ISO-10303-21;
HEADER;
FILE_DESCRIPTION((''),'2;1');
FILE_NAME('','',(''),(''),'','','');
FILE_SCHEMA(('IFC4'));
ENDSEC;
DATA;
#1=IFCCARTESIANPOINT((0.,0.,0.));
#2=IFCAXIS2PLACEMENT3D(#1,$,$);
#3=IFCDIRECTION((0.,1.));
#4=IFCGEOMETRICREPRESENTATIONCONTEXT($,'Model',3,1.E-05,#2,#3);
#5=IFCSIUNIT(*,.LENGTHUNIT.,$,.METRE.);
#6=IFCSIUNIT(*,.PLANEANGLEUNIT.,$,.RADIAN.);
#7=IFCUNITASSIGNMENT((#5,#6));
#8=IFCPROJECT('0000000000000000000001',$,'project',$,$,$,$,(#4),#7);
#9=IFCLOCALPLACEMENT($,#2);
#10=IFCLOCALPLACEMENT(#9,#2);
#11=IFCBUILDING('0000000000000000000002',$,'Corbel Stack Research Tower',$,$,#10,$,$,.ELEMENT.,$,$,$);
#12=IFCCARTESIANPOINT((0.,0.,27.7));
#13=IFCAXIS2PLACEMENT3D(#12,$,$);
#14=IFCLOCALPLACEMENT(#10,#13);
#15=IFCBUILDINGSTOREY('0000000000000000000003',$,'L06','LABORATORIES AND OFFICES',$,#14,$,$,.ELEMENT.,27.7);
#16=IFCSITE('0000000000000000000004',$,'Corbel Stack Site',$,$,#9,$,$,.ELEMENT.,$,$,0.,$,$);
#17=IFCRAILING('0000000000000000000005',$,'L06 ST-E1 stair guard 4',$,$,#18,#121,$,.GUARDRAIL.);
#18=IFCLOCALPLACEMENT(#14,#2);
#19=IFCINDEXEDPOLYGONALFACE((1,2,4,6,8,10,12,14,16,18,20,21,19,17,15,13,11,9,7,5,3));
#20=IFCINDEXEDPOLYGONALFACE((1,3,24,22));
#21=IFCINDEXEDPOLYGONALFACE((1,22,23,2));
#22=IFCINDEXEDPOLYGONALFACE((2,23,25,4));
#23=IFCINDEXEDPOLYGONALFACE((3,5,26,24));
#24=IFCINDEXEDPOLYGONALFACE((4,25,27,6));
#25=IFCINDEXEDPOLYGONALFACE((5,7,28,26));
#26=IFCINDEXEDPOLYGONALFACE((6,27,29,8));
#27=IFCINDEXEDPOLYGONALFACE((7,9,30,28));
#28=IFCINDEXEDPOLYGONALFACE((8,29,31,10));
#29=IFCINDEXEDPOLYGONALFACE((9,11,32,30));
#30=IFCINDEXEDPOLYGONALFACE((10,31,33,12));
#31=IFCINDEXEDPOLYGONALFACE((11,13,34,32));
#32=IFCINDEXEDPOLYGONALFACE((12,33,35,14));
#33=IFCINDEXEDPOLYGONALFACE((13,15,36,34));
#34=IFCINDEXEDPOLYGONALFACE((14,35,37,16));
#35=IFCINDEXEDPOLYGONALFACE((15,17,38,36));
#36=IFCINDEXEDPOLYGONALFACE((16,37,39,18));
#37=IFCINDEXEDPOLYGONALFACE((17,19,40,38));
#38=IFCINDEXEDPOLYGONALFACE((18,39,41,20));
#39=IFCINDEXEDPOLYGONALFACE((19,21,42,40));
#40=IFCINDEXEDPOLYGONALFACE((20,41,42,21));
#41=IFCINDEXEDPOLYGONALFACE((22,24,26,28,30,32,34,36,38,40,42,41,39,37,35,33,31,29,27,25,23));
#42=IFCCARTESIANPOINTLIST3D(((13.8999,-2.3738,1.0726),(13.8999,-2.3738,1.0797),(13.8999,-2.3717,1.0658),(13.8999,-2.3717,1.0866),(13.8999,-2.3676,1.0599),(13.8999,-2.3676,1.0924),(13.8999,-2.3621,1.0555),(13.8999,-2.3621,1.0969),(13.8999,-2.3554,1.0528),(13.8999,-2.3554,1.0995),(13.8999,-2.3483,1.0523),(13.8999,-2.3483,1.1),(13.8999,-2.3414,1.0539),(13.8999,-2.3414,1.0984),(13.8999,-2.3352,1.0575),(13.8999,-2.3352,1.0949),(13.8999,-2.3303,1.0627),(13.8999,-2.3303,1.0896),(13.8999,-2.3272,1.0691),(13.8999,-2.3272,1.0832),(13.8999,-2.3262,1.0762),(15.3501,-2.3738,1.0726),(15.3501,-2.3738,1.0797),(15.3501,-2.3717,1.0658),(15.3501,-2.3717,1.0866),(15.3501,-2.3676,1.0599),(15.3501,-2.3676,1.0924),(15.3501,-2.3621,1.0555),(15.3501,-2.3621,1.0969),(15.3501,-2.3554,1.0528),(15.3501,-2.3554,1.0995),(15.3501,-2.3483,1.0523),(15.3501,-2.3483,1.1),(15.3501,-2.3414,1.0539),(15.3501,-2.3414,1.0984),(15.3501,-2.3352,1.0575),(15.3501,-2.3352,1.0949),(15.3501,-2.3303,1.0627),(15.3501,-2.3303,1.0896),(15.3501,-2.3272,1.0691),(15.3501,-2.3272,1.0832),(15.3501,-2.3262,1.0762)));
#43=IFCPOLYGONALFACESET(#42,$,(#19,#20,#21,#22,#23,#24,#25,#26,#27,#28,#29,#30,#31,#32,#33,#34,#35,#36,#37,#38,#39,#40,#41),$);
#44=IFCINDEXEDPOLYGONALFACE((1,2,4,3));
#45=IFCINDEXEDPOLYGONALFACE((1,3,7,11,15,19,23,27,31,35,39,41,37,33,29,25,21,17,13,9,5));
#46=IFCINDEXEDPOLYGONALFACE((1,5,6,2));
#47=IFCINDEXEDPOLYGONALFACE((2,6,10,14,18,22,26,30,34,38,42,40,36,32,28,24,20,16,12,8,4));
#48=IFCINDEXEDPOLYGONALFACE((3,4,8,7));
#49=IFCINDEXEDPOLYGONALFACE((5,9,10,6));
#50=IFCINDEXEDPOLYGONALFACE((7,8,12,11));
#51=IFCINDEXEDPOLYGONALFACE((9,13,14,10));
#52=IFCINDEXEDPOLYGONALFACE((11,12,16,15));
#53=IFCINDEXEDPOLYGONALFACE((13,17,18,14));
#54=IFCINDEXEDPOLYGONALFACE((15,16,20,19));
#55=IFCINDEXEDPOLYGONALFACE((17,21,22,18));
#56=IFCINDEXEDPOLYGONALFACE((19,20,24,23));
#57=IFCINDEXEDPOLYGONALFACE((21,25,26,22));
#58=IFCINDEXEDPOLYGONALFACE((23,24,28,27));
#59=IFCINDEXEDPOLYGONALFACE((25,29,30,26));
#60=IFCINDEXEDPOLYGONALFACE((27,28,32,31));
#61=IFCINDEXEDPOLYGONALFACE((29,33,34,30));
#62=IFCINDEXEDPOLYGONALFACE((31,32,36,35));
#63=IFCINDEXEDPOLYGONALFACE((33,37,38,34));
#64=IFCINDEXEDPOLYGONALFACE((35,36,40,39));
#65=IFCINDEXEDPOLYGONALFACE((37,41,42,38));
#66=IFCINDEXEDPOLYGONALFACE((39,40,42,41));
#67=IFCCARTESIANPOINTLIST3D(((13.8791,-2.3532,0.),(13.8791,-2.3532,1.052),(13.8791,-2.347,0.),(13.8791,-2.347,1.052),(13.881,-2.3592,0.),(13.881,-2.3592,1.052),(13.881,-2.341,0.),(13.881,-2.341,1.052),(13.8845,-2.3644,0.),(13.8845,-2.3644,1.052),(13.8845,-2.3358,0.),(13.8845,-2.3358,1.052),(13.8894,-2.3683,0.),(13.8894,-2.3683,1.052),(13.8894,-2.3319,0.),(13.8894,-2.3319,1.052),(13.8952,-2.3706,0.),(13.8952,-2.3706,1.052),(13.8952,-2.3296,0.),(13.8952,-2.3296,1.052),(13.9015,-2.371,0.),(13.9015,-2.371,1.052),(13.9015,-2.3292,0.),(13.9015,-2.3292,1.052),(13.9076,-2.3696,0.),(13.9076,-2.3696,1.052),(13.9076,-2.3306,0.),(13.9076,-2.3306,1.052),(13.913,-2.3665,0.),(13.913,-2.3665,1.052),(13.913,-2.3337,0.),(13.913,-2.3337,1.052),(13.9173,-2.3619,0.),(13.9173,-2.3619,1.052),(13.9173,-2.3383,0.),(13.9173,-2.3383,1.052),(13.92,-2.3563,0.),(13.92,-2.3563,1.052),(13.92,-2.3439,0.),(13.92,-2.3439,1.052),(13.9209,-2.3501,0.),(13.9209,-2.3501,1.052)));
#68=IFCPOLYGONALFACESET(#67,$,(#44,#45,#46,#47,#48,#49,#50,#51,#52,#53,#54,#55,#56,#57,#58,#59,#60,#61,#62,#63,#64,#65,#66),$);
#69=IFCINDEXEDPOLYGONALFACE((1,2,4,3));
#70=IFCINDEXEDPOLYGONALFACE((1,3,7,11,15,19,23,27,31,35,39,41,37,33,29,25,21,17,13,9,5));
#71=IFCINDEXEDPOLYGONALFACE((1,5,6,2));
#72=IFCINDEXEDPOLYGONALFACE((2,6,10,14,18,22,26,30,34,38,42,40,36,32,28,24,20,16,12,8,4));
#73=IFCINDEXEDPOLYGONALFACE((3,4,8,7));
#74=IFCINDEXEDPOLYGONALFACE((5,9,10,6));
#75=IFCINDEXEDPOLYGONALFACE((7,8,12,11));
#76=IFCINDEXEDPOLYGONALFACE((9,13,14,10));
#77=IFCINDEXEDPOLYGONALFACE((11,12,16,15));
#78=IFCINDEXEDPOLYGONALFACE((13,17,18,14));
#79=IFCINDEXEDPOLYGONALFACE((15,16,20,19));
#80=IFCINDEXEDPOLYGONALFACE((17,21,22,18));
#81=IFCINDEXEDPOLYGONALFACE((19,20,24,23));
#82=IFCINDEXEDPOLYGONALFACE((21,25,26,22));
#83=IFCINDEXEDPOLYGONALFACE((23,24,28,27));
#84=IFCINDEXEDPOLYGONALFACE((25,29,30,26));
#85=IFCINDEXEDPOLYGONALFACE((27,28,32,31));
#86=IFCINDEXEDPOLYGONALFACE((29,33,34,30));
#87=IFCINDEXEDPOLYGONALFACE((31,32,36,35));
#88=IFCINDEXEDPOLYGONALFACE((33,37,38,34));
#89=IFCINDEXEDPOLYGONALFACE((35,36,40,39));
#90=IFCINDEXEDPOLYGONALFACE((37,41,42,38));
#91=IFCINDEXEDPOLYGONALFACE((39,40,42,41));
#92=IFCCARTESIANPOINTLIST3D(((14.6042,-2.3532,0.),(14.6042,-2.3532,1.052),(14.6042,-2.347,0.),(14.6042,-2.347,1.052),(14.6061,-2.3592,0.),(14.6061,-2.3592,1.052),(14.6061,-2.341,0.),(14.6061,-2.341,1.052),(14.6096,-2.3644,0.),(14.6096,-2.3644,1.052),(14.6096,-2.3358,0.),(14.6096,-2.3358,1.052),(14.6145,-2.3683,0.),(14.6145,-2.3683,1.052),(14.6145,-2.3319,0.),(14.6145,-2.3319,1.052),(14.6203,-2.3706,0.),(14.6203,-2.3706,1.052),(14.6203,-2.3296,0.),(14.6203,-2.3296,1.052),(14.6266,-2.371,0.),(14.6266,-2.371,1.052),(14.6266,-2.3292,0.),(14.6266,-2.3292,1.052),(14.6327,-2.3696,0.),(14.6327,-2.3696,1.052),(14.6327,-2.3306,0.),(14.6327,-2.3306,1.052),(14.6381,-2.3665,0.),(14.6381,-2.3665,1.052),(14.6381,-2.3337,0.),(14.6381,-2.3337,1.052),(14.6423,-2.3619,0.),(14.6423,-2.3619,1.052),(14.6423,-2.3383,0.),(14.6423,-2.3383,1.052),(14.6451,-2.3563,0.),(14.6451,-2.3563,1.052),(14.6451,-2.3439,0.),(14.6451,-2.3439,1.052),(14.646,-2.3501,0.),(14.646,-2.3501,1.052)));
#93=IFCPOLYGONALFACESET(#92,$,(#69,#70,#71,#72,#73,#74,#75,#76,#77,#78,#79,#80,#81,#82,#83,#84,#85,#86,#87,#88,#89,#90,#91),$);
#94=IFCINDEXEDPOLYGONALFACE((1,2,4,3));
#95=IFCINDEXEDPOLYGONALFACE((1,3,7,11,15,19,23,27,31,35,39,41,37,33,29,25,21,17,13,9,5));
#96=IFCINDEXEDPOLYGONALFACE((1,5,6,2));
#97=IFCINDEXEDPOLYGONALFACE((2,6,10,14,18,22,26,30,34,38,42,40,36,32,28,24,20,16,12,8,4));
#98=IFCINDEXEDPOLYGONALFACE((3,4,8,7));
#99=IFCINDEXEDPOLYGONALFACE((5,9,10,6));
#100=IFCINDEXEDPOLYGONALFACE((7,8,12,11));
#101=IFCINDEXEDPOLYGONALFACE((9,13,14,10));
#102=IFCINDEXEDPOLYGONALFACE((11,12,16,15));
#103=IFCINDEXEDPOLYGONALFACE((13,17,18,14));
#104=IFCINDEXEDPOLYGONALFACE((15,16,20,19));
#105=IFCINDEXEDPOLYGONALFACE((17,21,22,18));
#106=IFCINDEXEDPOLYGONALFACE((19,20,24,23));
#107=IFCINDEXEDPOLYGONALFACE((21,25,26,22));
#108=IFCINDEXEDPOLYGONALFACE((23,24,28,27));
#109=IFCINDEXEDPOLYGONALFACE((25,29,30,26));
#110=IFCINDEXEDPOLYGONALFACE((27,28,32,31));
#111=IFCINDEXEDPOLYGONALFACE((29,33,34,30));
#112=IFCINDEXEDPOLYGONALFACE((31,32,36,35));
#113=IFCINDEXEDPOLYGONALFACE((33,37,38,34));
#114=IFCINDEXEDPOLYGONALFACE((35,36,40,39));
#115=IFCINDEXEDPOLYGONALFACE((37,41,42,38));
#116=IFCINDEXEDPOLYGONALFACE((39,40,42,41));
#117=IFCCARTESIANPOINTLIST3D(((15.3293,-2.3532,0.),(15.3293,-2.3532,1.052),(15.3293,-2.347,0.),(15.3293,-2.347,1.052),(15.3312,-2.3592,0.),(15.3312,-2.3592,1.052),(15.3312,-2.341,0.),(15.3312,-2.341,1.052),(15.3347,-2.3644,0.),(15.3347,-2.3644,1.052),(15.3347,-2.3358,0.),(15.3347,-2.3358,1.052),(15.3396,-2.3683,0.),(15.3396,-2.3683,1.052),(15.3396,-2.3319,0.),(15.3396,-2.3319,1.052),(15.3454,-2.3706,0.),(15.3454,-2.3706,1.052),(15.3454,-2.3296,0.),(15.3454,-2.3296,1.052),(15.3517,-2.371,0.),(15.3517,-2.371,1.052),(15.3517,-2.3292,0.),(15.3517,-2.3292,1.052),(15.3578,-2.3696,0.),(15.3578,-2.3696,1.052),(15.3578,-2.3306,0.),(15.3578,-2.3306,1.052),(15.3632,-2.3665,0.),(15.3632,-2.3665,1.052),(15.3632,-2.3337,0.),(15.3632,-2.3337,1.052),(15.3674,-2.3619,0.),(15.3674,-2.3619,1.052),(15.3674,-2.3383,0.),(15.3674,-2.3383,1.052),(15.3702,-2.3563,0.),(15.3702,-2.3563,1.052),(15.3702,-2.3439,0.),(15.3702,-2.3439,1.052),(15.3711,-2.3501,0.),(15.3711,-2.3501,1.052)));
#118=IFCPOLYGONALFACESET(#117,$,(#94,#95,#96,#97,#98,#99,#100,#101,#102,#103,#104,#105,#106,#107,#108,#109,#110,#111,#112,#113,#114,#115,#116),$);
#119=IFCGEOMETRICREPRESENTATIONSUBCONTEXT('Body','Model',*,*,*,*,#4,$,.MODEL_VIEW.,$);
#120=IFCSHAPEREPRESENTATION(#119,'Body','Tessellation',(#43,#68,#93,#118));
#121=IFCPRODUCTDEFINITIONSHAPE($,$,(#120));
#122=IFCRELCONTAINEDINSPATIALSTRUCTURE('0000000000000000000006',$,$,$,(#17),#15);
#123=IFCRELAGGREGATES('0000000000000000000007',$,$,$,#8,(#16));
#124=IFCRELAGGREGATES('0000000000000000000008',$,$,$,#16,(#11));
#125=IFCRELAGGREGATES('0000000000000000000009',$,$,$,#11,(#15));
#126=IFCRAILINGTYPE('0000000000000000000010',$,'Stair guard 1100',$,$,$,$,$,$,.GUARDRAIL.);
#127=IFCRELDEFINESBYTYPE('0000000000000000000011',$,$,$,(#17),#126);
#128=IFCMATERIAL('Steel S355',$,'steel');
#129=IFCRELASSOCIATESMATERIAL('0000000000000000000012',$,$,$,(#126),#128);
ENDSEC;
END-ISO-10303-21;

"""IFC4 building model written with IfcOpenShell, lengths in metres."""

from ifc_helpers import new_model, si_unit, direction, frame, origin, origin_2d, place, context, subcontext, project, spatial, circle, extrude, material, type_object, element, save


model = new_model("IFC4")

# Units and contexts
model_context = context("Model", 3, precision=1e-05, world=origin(), true_north=direction((0.0, 1.0)))
body_context = subcontext(model_context, "Body", "Model", "MODEL_VIEW")
ifc_project = project(units=[si_unit("LENGTHUNIT", "METRE"), si_unit("PLANEANGLEUNIT", "RADIAN")], contexts=[model_context])

# Site, building, storey
site_placement = place(None, origin())
site = spatial("IfcSite", under=ifc_project, at=site_placement, Name="Corbel Stack Site", CompositionType="ELEMENT", RefElevation=0.0)
building_placement = place(site_placement, origin())
building = spatial("IfcBuilding", under=site, at=building_placement, Name="Corbel Stack Research Tower", CompositionType="ELEMENT")
storey_placement = place(building_placement, frame((0.0, 0.0, 27.7)))
storey = spatial("IfcBuildingStorey", under=building, at=storey_placement, Name="L06", Description="LABORATORIES AND OFFICES", CompositionType="ELEMENT", Elevation=27.7)

# Railing
ifc_material_1 = material(Name="Steel S355", Category="steel")
railing_type_1 = type_object("IfcRailingType", Name="Stair guard 1100", PredefinedType="GUARDRAIL", material=ifc_material_1)
railing_1_placement = place(storey_placement, frame((13.8999, -2.3501, 0.0)))
element("IfcRailing", 1, at=railing_1_placement, inside=storey, type_object=railing_type_1, Name="L06 ST-E1 stair guard 4", PredefinedType="GUARDRAIL", context=body_context, shape_type="SweptSolid", body=[
    extrude(circle(Radius=0.0239, at=origin_2d()), frame((0.0, 0.0, 1.0762), z_axis=(1.0, 0.0, 0.0), x_axis=(0.0, 1.0, 0.0)), (0.0, 0.0, 1.0), 1.4502),
    extrude(circle(Radius=0.021, at=origin_2d()), origin(), (0.0, 0.0, 1.0), 1.052),
    extrude(circle(Radius=0.021, at=origin_2d()), frame((0.7251, 0.0, 0.0)), (0.0, 0.0, 1.0), 1.052),
    extrude(circle(Radius=0.021, at=origin_2d()), frame((1.4502, 0.0, 0.0)), (0.0, 0.0, 1.0), 1.052),
])

save(model, "model.ifc")
